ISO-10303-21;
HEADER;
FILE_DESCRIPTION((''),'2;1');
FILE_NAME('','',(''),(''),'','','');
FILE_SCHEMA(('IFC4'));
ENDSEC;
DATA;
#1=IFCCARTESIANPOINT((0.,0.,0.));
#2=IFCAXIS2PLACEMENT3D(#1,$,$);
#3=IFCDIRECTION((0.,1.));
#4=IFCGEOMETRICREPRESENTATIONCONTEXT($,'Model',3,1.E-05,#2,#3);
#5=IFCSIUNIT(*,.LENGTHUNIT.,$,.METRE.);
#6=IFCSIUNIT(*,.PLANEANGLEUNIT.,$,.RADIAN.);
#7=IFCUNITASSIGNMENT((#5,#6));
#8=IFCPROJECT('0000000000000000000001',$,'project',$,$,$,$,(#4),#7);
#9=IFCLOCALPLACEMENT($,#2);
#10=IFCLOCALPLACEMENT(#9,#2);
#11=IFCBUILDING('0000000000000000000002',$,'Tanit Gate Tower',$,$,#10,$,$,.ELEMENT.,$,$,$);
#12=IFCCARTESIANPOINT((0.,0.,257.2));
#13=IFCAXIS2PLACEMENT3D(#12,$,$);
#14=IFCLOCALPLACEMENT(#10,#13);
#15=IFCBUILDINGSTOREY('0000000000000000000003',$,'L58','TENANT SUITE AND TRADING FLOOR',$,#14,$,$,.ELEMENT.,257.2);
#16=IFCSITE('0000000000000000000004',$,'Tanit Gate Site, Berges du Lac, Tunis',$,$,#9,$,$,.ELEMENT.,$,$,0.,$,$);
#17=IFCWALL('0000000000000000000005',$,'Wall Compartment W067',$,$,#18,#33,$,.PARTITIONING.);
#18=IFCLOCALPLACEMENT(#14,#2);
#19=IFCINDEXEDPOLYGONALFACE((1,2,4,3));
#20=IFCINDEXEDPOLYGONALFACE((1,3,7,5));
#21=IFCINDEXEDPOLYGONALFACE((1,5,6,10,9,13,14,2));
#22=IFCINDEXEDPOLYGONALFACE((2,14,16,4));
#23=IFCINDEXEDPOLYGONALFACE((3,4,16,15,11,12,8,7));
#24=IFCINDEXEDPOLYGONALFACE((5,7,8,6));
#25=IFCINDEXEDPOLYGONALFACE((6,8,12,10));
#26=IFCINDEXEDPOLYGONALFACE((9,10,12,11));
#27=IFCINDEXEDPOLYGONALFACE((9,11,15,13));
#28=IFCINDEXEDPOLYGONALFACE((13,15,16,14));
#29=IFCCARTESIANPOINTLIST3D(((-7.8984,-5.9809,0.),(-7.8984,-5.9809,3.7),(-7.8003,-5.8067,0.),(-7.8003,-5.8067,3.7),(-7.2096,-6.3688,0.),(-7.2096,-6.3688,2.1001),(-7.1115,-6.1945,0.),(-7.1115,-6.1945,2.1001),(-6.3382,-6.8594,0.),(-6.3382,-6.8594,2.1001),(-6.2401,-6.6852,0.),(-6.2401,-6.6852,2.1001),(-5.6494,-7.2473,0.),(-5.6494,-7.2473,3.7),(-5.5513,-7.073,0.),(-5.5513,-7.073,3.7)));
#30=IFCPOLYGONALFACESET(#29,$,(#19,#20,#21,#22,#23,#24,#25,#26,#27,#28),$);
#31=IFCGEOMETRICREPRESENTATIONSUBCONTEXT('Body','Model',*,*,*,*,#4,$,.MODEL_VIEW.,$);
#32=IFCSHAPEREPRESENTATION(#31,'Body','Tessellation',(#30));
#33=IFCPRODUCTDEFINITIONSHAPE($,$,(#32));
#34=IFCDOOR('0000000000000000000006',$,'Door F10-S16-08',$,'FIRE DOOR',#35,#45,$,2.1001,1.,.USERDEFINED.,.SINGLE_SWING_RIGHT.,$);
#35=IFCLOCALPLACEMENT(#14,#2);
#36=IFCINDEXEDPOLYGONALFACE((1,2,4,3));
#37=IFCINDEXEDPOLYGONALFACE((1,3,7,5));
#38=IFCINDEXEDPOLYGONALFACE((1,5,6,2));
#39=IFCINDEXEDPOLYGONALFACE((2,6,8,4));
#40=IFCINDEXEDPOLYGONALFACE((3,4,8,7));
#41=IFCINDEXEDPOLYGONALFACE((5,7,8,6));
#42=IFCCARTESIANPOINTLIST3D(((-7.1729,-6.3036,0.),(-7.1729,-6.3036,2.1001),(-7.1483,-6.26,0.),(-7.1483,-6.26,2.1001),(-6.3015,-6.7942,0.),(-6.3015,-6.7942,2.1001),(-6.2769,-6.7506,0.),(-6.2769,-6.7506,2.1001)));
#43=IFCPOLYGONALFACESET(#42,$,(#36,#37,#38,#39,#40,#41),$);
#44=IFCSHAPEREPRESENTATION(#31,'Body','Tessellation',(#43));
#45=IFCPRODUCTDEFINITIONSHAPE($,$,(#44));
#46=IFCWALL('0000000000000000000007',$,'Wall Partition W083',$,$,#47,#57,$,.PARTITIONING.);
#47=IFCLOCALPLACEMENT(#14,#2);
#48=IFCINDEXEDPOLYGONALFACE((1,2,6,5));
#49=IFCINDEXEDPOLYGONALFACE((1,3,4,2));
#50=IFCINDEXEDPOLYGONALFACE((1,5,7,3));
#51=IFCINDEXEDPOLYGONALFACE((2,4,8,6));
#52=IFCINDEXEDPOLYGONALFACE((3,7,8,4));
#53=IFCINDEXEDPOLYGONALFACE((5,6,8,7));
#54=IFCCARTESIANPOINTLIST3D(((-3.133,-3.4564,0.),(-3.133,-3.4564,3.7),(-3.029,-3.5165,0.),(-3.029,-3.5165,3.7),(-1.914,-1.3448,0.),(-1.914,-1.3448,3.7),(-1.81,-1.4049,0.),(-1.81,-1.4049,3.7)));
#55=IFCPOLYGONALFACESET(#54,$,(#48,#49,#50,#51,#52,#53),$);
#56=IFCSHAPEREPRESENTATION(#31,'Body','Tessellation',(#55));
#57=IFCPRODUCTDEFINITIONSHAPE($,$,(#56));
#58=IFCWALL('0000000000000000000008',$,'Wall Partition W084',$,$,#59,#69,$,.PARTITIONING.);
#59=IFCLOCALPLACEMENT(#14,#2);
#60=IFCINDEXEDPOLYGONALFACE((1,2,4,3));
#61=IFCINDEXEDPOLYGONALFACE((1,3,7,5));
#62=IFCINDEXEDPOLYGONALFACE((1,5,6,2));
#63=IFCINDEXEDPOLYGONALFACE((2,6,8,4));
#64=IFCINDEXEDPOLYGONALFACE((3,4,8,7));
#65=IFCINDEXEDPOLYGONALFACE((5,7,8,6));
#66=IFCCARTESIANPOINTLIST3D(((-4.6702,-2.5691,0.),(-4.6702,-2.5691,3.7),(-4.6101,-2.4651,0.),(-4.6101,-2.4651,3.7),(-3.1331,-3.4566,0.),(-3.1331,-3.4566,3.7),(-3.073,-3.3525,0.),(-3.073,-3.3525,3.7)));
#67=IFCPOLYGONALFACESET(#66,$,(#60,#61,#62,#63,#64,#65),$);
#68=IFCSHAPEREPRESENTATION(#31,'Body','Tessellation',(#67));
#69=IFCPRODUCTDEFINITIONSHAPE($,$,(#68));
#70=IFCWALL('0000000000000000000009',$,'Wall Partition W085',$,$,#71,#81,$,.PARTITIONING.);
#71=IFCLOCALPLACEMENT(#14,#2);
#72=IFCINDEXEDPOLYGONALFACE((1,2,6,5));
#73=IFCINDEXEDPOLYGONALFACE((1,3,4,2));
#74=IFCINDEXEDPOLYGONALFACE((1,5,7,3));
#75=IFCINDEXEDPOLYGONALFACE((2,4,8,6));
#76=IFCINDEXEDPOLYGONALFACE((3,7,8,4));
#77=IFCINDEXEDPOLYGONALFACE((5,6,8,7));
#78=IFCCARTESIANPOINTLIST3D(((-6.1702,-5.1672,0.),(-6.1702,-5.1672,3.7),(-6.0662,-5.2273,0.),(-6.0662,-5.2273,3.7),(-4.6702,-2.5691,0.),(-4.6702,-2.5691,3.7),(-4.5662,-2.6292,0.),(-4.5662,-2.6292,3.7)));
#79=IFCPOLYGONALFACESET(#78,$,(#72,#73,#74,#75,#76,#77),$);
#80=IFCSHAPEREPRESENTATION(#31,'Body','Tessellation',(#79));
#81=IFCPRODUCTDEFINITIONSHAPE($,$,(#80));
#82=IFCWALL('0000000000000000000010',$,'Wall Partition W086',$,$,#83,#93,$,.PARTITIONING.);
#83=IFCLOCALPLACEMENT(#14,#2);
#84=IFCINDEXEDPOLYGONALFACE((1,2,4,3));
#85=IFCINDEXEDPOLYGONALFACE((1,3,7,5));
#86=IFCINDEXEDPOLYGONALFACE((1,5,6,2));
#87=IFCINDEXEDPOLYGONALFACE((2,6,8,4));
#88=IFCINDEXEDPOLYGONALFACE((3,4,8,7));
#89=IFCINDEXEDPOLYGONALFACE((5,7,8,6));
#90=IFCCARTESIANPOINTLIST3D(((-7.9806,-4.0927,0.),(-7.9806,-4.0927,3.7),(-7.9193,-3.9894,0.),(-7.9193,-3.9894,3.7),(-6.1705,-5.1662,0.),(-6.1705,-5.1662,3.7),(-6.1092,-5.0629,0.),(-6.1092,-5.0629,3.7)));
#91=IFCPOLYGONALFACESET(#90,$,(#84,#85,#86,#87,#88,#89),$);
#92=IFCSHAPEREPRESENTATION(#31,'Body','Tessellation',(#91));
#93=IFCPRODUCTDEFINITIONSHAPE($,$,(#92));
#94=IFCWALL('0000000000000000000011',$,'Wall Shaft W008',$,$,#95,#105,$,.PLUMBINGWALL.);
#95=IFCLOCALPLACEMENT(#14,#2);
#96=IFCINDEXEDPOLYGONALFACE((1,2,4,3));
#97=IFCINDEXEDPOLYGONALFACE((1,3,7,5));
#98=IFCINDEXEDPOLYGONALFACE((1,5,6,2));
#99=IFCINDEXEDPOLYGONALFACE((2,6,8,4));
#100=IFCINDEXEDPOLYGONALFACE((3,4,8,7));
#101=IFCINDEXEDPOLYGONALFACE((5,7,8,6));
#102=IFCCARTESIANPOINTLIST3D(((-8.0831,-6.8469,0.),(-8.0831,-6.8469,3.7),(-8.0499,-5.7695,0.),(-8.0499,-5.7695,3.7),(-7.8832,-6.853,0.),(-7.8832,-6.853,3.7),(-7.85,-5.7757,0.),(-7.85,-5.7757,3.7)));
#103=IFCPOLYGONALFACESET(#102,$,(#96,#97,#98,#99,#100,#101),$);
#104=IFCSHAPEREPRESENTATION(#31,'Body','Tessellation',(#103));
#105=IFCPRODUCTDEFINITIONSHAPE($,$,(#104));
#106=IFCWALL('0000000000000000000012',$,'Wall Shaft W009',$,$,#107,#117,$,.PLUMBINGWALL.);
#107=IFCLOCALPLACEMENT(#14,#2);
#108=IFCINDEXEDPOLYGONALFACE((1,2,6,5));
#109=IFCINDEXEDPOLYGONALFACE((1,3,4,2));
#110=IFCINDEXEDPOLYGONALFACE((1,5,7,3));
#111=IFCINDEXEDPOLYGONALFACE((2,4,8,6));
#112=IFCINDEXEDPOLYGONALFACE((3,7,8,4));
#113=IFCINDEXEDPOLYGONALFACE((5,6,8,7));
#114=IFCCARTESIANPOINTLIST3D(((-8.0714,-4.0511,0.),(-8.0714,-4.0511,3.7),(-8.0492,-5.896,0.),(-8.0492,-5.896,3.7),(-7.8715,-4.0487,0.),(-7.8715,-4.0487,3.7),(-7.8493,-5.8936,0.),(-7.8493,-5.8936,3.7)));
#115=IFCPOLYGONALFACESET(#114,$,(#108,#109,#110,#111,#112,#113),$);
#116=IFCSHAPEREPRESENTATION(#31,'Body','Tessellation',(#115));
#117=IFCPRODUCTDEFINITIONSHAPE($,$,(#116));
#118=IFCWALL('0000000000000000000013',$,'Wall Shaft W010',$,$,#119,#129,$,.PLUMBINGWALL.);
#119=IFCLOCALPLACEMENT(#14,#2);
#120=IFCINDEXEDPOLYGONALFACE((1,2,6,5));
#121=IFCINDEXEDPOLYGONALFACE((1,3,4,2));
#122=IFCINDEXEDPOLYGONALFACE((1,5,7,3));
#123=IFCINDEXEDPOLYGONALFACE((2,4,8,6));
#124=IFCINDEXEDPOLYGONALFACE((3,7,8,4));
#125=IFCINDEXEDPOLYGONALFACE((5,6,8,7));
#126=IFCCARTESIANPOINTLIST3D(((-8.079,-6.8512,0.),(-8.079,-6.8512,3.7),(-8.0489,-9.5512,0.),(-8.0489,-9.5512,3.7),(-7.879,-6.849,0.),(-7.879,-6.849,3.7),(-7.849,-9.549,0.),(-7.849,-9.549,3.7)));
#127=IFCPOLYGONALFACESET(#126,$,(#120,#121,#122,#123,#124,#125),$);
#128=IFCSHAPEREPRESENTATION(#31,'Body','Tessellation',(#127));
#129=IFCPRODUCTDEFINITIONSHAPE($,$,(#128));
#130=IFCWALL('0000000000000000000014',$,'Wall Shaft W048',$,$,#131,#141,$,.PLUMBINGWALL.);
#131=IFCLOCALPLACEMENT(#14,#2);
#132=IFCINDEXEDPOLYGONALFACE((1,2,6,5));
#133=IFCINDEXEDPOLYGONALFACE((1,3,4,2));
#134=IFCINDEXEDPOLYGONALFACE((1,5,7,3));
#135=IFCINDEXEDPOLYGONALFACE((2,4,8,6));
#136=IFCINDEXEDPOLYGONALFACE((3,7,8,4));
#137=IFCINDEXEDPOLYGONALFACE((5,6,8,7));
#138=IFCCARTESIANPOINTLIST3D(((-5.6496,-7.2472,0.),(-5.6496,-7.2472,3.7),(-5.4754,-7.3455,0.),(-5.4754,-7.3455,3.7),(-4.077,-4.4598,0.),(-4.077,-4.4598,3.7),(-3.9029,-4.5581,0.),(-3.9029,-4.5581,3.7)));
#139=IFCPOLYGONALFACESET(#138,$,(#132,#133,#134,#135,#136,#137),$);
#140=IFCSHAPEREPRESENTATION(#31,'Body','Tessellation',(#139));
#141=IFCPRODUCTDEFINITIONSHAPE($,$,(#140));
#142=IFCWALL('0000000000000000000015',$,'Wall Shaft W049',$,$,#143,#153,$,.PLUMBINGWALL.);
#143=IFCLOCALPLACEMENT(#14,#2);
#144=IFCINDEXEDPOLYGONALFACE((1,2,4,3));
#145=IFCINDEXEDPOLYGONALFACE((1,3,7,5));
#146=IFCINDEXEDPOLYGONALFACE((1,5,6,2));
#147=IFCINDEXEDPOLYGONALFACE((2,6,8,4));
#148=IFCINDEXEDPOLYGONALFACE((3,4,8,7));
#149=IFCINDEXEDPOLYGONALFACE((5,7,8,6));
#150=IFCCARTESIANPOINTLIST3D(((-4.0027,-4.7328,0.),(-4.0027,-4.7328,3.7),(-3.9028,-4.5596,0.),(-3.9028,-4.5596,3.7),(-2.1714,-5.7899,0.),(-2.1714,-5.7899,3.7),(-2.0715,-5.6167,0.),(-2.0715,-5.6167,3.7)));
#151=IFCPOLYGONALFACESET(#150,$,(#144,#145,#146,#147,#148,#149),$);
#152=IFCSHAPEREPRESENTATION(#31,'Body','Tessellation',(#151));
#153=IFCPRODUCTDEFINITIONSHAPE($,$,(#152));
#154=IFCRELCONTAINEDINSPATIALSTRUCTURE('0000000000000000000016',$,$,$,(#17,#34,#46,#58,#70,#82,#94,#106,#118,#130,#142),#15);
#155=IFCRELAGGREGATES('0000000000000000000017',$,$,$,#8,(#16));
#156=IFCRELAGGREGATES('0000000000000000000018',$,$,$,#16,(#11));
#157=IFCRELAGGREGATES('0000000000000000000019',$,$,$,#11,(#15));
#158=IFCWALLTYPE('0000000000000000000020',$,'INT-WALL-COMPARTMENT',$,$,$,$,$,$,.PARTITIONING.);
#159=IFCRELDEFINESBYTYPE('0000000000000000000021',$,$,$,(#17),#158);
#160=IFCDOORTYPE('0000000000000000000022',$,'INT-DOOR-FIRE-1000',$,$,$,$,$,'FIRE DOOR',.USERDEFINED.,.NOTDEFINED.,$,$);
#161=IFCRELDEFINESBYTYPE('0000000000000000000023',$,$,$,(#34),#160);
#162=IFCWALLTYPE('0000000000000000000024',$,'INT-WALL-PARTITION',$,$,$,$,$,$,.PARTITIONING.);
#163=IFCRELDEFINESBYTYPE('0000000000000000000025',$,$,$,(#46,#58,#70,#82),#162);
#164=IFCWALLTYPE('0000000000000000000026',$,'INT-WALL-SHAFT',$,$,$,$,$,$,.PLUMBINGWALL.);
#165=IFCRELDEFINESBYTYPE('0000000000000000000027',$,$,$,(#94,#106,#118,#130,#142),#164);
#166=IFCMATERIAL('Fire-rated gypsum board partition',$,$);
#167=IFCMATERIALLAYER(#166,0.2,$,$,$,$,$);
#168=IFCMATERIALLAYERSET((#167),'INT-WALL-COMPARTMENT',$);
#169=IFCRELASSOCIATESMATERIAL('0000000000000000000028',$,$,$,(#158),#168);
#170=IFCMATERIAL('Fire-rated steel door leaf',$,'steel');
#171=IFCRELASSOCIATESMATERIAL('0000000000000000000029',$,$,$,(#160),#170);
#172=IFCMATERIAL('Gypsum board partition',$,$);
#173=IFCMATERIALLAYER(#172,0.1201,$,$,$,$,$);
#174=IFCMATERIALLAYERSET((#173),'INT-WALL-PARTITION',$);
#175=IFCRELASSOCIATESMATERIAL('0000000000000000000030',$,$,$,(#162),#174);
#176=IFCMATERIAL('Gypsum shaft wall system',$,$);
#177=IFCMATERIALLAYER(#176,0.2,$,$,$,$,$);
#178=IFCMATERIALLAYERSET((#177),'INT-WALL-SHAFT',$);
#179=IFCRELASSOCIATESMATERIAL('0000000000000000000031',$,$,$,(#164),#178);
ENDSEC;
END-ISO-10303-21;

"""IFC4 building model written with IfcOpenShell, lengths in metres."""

from ifc_helpers import new_model, si_unit, direction, frame, frame_2d, origin, place, context, subcontext, project, spatial, rectangle, extrude, material, layer, layer_set, type_object, element, fill, save


model = new_model("IFC4")

# Units and contexts
model_context = context("Model", 3, precision=1e-05, world=origin(), true_north=direction((0.0, 1.0)))
body_context = subcontext(model_context, "Body", "Model", "MODEL_VIEW")
ifc_project = project(units=[si_unit("LENGTHUNIT", "METRE"), si_unit("PLANEANGLEUNIT", "RADIAN")], contexts=[model_context])

# Site, building, storey
site_placement = place(None, origin())
site = spatial("IfcSite", under=ifc_project, at=site_placement, Name="Tanit Gate Site, Berges du Lac, Tunis", CompositionType="ELEMENT", RefElevation=0.0)
building_placement = place(site_placement, origin())
building = spatial("IfcBuilding", under=site, at=building_placement, Name="Tanit Gate Tower", CompositionType="ELEMENT")
storey_placement = place(building_placement, frame((0.0, 0.0, 257.2)))
storey = spatial("IfcBuildingStorey", under=building, at=storey_placement, Name="L58", Description="TENANT SUITE AND TRADING FLOOR", CompositionType="ELEMENT", Elevation=257.2)

# Wall, opening, door
ifc_material_1 = material(Name="Fire-rated gypsum board partition")
ifc_layer_1 = layer(ifc_material_1, 0.2)
ifc_layer_set_1 = layer_set([ifc_layer_1], Name="INT-WALL-COMPARTMENT")
wall_type_1 = type_object("IfcWallType", Name="INT-WALL-COMPARTMENT", PredefinedType="PARTITIONING", material=ifc_layer_set_1)
wall_1_placement = place(storey_placement, frame((-7.8494, -5.8938, 0.0), z_axis=(0.0, 0.0, 1.0), x_axis=(0.871363, -0.490638, 0.0)))
wall_1 = element("IfcWall", 1, at=wall_1_placement, inside=storey, type_object=wall_type_1, Name="Wall Compartment W067", PredefinedType="PARTITIONING", context=body_context, shape_type="SweptSolid", body=[
    extrude(rectangle(XDim=2.5811, YDim=0.2, at=frame_2d((1.2905, 0.0))), origin(), (0.0, 0.0, 1.0), 3.7),
])
opening_1_placement = place(wall_1_placement, frame((0.7905, 0.0, 0.0)))
opening_1 = element("IfcOpeningElement", 2, at=opening_1_placement, cuts=wall_1, PredefinedType="OPENING", context=body_context, shape_type="SweptSolid", body=[
    extrude(rectangle(XDim=1.0, YDim=2.1001, at=frame_2d((0.5, 1.05))), frame((0.0, 0.1099, 0.0), z_axis=(0.0, -1.0, 0.0), x_axis=(1.0, 0.0, 0.0)), (0.0, 0.0, 1.0), 0.22),
])
ifc_material_2 = material(Name="Fire-rated steel door leaf", Category="steel")
door_type_1 = type_object("IfcDoorType", Name="INT-DOOR-FIRE-1000", ElementType="FIRE DOOR", OperationType="NOTDEFINED", PredefinedType="USERDEFINED", material=ifc_material_2)
door_1_placement = place(opening_1_placement, origin())
door_1 = element("IfcDoor", 3, at=door_1_placement, inside=storey, type_object=door_type_1, Name="Door F10-S16-08", ObjectType="FIRE DOOR", OperationType="SINGLE_SWING_RIGHT", OverallHeight=2.1001, OverallWidth=1.0, PredefinedType="USERDEFINED", context=body_context, shape_type="SweptSolid", body=[
    extrude(rectangle(XDim=1.0, YDim=2.1001, at=frame_2d((0.5, 1.05))), frame((0.0, 0.0249, 0.0), z_axis=(0.0, -1.0, 0.0), x_axis=(1.0, 0.0, 0.0)), (0.0, 0.0, 1.0), 0.05),
])
fill(opening_1, door_1)

# Walls
ifc_material_3 = material(Name="Gypsum board partition")
ifc_layer_2 = layer(ifc_material_3, 0.1201)
ifc_layer_set_2 = layer_set([ifc_layer_2], Name="INT-WALL-PARTITION")
wall_type_2 = type_object("IfcWallType", Name="INT-WALL-PARTITION", PredefinedType="PARTITIONING", material=ifc_layer_set_2)
wall_2_placement = place(storey_placement, frame((-3.0811, -3.4866, 0.0), z_axis=(0.0, 0.0, 1.0), x_axis=(0.499962, 0.866047, 0.0)))
element("IfcWall", 4, at=wall_2_placement, inside=storey, type_object=wall_type_2, Name="Wall Partition W083", PredefinedType="PARTITIONING", context=body_context, shape_type="SweptSolid", body=[
    extrude(rectangle(XDim=2.4382, YDim=0.1201, at=frame_2d((1.2192, 0.0))), origin(), (0.0, 0.0, 1.0), 3.7),
])
wall_3_placement = place(storey_placement, frame((-4.6401, -2.5171, 0.0), z_axis=(0.0, 0.0, 1.0), x_axis=(0.866025, -0.5, 0.0)))
element("IfcWall", 5, at=wall_3_placement, inside=storey, type_object=wall_type_2, Name="Wall Partition W084", PredefinedType="PARTITIONING", context=body_context, shape_type="SweptSolid", body=[
    extrude(rectangle(XDim=1.7749, YDim=0.1201, at=frame_2d((0.8875, 0.0))), origin(), (0.0, 0.0, 1.0), 3.7),
])
wall_4_placement = place(storey_placement, frame((-6.1182, -5.1973, 0.0), z_axis=(0.0, 0.0, 1.0), x_axis=(0.49999, 0.866031, 0.0)))
element("IfcWall", 6, at=wall_4_placement, inside=storey, type_object=wall_type_2, Name="Wall Partition W085", PredefinedType="PARTITIONING", context=body_context, shape_type="SweptSolid", body=[
    extrude(rectangle(XDim=3.0, YDim=0.1201, at=frame_2d((1.5, 0.0))), origin(), (0.0, 0.0, 1.0), 3.7),
])
wall_5_placement = place(storey_placement, frame((-7.95, -4.041, 0.0), z_axis=(0.0, 0.0, 1.0), x_axis=(0.860112, -0.510104, 0.0)))
element("IfcWall", 7, at=wall_5_placement, inside=storey, type_object=wall_type_2, Name="Wall Partition W086", PredefinedType="PARTITIONING", context=body_context, shape_type="SweptSolid", body=[
    extrude(rectangle(XDim=2.1045, YDim=0.1201, at=frame_2d((1.0522, 0.0))), origin(), (0.0, 0.0, 1.0), 3.7),
])
ifc_material_4 = material(Name="Gypsum shaft wall system")
ifc_layer_3 = layer(ifc_material_4, 0.2)
ifc_layer_set_3 = layer_set([ifc_layer_3], Name="INT-WALL-SHAFT")
wall_type_3 = type_object("IfcWallType", Name="INT-WALL-SHAFT", PredefinedType="PLUMBINGWALL", material=ifc_layer_set_3)
wall_6_placement = place(storey_placement, frame((-7.95, -5.7725, 0.0), z_axis=(0.0, 0.0, 1.0), x_axis=(-0.030803, -0.999525, 0.0)))
element("IfcWall", 8, at=wall_6_placement, inside=storey, type_object=wall_type_3, Name="Wall Shaft W008", PredefinedType="PLUMBINGWALL", context=body_context, shape_type="SweptSolid", body=[
    extrude(rectangle(XDim=1.0779, YDim=0.2, at=frame_2d((0.5391, 0.0))), origin(), (0.0, 0.0, 1.0), 3.7),
])
wall_7_placement = place(storey_placement, frame((-7.9714, -4.05, 0.0), z_axis=(0.0, 0.0, 1.0), x_axis=(0.012043, -0.999927, 0.0)))
element("IfcWall", 9, at=wall_7_placement, inside=storey, type_object=wall_type_3, Name="Wall Shaft W009", PredefinedType="PLUMBINGWALL", context=body_context, shape_type="SweptSolid", body=[
    extrude(rectangle(XDim=1.845, YDim=0.2, at=frame_2d((0.9224, 0.0))), origin(), (0.0, 0.0, 1.0), 3.7),
])
wall_8_placement = place(storey_placement, frame((-7.979, -6.8501, 0.0), z_axis=(0.0, 0.0, 1.0), x_axis=(0.011121, -0.999938, 0.0)))
element("IfcWall", 10, at=wall_8_placement, inside=storey, type_object=wall_type_3, Name="Wall Shaft W010", PredefinedType="PLUMBINGWALL", context=body_context, shape_type="SweptSolid", body=[
    extrude(rectangle(XDim=2.7002, YDim=0.2, at=frame_2d((1.3501, 0.0))), origin(), (0.0, 0.0, 1.0), 3.7),
])

# Walls
wall_9_placement = place(storey_placement, frame((-3.99, -4.509, 0.0), z_axis=(0.0, 0.0, 1.0), x_axis=(-0.491358, -0.870958, 0.0)))
element("IfcWall", 11, at=wall_9_placement, inside=storey, type_object=wall_type_3, Name="Wall Shaft W048", PredefinedType="PLUMBINGWALL", context=body_context, shape_type="SweptSolid", body=[
    extrude(rectangle(XDim=3.2004, YDim=0.2, at=frame_2d((1.6001, 0.0))), origin(), (0.0, 0.0, 1.0), 3.7),
])
wall_10_placement = place(storey_placement, frame((-3.9526, -4.6462, 0.0), z_axis=(0.0, 0.0, 1.0), x_axis=(0.866061, -0.499939, 0.0)))
element("IfcWall", 12, at=wall_10_placement, inside=storey, type_object=wall_type_3, Name="Wall Shaft W049", PredefinedType="PLUMBINGWALL", context=body_context, shape_type="SweptSolid", body=[
    extrude(rectangle(XDim=2.1145, YDim=0.2, at=frame_2d((1.0571, 0.0))), origin(), (0.0, 0.0, 1.0), 3.7),
])

save(model, "model.ifc")
